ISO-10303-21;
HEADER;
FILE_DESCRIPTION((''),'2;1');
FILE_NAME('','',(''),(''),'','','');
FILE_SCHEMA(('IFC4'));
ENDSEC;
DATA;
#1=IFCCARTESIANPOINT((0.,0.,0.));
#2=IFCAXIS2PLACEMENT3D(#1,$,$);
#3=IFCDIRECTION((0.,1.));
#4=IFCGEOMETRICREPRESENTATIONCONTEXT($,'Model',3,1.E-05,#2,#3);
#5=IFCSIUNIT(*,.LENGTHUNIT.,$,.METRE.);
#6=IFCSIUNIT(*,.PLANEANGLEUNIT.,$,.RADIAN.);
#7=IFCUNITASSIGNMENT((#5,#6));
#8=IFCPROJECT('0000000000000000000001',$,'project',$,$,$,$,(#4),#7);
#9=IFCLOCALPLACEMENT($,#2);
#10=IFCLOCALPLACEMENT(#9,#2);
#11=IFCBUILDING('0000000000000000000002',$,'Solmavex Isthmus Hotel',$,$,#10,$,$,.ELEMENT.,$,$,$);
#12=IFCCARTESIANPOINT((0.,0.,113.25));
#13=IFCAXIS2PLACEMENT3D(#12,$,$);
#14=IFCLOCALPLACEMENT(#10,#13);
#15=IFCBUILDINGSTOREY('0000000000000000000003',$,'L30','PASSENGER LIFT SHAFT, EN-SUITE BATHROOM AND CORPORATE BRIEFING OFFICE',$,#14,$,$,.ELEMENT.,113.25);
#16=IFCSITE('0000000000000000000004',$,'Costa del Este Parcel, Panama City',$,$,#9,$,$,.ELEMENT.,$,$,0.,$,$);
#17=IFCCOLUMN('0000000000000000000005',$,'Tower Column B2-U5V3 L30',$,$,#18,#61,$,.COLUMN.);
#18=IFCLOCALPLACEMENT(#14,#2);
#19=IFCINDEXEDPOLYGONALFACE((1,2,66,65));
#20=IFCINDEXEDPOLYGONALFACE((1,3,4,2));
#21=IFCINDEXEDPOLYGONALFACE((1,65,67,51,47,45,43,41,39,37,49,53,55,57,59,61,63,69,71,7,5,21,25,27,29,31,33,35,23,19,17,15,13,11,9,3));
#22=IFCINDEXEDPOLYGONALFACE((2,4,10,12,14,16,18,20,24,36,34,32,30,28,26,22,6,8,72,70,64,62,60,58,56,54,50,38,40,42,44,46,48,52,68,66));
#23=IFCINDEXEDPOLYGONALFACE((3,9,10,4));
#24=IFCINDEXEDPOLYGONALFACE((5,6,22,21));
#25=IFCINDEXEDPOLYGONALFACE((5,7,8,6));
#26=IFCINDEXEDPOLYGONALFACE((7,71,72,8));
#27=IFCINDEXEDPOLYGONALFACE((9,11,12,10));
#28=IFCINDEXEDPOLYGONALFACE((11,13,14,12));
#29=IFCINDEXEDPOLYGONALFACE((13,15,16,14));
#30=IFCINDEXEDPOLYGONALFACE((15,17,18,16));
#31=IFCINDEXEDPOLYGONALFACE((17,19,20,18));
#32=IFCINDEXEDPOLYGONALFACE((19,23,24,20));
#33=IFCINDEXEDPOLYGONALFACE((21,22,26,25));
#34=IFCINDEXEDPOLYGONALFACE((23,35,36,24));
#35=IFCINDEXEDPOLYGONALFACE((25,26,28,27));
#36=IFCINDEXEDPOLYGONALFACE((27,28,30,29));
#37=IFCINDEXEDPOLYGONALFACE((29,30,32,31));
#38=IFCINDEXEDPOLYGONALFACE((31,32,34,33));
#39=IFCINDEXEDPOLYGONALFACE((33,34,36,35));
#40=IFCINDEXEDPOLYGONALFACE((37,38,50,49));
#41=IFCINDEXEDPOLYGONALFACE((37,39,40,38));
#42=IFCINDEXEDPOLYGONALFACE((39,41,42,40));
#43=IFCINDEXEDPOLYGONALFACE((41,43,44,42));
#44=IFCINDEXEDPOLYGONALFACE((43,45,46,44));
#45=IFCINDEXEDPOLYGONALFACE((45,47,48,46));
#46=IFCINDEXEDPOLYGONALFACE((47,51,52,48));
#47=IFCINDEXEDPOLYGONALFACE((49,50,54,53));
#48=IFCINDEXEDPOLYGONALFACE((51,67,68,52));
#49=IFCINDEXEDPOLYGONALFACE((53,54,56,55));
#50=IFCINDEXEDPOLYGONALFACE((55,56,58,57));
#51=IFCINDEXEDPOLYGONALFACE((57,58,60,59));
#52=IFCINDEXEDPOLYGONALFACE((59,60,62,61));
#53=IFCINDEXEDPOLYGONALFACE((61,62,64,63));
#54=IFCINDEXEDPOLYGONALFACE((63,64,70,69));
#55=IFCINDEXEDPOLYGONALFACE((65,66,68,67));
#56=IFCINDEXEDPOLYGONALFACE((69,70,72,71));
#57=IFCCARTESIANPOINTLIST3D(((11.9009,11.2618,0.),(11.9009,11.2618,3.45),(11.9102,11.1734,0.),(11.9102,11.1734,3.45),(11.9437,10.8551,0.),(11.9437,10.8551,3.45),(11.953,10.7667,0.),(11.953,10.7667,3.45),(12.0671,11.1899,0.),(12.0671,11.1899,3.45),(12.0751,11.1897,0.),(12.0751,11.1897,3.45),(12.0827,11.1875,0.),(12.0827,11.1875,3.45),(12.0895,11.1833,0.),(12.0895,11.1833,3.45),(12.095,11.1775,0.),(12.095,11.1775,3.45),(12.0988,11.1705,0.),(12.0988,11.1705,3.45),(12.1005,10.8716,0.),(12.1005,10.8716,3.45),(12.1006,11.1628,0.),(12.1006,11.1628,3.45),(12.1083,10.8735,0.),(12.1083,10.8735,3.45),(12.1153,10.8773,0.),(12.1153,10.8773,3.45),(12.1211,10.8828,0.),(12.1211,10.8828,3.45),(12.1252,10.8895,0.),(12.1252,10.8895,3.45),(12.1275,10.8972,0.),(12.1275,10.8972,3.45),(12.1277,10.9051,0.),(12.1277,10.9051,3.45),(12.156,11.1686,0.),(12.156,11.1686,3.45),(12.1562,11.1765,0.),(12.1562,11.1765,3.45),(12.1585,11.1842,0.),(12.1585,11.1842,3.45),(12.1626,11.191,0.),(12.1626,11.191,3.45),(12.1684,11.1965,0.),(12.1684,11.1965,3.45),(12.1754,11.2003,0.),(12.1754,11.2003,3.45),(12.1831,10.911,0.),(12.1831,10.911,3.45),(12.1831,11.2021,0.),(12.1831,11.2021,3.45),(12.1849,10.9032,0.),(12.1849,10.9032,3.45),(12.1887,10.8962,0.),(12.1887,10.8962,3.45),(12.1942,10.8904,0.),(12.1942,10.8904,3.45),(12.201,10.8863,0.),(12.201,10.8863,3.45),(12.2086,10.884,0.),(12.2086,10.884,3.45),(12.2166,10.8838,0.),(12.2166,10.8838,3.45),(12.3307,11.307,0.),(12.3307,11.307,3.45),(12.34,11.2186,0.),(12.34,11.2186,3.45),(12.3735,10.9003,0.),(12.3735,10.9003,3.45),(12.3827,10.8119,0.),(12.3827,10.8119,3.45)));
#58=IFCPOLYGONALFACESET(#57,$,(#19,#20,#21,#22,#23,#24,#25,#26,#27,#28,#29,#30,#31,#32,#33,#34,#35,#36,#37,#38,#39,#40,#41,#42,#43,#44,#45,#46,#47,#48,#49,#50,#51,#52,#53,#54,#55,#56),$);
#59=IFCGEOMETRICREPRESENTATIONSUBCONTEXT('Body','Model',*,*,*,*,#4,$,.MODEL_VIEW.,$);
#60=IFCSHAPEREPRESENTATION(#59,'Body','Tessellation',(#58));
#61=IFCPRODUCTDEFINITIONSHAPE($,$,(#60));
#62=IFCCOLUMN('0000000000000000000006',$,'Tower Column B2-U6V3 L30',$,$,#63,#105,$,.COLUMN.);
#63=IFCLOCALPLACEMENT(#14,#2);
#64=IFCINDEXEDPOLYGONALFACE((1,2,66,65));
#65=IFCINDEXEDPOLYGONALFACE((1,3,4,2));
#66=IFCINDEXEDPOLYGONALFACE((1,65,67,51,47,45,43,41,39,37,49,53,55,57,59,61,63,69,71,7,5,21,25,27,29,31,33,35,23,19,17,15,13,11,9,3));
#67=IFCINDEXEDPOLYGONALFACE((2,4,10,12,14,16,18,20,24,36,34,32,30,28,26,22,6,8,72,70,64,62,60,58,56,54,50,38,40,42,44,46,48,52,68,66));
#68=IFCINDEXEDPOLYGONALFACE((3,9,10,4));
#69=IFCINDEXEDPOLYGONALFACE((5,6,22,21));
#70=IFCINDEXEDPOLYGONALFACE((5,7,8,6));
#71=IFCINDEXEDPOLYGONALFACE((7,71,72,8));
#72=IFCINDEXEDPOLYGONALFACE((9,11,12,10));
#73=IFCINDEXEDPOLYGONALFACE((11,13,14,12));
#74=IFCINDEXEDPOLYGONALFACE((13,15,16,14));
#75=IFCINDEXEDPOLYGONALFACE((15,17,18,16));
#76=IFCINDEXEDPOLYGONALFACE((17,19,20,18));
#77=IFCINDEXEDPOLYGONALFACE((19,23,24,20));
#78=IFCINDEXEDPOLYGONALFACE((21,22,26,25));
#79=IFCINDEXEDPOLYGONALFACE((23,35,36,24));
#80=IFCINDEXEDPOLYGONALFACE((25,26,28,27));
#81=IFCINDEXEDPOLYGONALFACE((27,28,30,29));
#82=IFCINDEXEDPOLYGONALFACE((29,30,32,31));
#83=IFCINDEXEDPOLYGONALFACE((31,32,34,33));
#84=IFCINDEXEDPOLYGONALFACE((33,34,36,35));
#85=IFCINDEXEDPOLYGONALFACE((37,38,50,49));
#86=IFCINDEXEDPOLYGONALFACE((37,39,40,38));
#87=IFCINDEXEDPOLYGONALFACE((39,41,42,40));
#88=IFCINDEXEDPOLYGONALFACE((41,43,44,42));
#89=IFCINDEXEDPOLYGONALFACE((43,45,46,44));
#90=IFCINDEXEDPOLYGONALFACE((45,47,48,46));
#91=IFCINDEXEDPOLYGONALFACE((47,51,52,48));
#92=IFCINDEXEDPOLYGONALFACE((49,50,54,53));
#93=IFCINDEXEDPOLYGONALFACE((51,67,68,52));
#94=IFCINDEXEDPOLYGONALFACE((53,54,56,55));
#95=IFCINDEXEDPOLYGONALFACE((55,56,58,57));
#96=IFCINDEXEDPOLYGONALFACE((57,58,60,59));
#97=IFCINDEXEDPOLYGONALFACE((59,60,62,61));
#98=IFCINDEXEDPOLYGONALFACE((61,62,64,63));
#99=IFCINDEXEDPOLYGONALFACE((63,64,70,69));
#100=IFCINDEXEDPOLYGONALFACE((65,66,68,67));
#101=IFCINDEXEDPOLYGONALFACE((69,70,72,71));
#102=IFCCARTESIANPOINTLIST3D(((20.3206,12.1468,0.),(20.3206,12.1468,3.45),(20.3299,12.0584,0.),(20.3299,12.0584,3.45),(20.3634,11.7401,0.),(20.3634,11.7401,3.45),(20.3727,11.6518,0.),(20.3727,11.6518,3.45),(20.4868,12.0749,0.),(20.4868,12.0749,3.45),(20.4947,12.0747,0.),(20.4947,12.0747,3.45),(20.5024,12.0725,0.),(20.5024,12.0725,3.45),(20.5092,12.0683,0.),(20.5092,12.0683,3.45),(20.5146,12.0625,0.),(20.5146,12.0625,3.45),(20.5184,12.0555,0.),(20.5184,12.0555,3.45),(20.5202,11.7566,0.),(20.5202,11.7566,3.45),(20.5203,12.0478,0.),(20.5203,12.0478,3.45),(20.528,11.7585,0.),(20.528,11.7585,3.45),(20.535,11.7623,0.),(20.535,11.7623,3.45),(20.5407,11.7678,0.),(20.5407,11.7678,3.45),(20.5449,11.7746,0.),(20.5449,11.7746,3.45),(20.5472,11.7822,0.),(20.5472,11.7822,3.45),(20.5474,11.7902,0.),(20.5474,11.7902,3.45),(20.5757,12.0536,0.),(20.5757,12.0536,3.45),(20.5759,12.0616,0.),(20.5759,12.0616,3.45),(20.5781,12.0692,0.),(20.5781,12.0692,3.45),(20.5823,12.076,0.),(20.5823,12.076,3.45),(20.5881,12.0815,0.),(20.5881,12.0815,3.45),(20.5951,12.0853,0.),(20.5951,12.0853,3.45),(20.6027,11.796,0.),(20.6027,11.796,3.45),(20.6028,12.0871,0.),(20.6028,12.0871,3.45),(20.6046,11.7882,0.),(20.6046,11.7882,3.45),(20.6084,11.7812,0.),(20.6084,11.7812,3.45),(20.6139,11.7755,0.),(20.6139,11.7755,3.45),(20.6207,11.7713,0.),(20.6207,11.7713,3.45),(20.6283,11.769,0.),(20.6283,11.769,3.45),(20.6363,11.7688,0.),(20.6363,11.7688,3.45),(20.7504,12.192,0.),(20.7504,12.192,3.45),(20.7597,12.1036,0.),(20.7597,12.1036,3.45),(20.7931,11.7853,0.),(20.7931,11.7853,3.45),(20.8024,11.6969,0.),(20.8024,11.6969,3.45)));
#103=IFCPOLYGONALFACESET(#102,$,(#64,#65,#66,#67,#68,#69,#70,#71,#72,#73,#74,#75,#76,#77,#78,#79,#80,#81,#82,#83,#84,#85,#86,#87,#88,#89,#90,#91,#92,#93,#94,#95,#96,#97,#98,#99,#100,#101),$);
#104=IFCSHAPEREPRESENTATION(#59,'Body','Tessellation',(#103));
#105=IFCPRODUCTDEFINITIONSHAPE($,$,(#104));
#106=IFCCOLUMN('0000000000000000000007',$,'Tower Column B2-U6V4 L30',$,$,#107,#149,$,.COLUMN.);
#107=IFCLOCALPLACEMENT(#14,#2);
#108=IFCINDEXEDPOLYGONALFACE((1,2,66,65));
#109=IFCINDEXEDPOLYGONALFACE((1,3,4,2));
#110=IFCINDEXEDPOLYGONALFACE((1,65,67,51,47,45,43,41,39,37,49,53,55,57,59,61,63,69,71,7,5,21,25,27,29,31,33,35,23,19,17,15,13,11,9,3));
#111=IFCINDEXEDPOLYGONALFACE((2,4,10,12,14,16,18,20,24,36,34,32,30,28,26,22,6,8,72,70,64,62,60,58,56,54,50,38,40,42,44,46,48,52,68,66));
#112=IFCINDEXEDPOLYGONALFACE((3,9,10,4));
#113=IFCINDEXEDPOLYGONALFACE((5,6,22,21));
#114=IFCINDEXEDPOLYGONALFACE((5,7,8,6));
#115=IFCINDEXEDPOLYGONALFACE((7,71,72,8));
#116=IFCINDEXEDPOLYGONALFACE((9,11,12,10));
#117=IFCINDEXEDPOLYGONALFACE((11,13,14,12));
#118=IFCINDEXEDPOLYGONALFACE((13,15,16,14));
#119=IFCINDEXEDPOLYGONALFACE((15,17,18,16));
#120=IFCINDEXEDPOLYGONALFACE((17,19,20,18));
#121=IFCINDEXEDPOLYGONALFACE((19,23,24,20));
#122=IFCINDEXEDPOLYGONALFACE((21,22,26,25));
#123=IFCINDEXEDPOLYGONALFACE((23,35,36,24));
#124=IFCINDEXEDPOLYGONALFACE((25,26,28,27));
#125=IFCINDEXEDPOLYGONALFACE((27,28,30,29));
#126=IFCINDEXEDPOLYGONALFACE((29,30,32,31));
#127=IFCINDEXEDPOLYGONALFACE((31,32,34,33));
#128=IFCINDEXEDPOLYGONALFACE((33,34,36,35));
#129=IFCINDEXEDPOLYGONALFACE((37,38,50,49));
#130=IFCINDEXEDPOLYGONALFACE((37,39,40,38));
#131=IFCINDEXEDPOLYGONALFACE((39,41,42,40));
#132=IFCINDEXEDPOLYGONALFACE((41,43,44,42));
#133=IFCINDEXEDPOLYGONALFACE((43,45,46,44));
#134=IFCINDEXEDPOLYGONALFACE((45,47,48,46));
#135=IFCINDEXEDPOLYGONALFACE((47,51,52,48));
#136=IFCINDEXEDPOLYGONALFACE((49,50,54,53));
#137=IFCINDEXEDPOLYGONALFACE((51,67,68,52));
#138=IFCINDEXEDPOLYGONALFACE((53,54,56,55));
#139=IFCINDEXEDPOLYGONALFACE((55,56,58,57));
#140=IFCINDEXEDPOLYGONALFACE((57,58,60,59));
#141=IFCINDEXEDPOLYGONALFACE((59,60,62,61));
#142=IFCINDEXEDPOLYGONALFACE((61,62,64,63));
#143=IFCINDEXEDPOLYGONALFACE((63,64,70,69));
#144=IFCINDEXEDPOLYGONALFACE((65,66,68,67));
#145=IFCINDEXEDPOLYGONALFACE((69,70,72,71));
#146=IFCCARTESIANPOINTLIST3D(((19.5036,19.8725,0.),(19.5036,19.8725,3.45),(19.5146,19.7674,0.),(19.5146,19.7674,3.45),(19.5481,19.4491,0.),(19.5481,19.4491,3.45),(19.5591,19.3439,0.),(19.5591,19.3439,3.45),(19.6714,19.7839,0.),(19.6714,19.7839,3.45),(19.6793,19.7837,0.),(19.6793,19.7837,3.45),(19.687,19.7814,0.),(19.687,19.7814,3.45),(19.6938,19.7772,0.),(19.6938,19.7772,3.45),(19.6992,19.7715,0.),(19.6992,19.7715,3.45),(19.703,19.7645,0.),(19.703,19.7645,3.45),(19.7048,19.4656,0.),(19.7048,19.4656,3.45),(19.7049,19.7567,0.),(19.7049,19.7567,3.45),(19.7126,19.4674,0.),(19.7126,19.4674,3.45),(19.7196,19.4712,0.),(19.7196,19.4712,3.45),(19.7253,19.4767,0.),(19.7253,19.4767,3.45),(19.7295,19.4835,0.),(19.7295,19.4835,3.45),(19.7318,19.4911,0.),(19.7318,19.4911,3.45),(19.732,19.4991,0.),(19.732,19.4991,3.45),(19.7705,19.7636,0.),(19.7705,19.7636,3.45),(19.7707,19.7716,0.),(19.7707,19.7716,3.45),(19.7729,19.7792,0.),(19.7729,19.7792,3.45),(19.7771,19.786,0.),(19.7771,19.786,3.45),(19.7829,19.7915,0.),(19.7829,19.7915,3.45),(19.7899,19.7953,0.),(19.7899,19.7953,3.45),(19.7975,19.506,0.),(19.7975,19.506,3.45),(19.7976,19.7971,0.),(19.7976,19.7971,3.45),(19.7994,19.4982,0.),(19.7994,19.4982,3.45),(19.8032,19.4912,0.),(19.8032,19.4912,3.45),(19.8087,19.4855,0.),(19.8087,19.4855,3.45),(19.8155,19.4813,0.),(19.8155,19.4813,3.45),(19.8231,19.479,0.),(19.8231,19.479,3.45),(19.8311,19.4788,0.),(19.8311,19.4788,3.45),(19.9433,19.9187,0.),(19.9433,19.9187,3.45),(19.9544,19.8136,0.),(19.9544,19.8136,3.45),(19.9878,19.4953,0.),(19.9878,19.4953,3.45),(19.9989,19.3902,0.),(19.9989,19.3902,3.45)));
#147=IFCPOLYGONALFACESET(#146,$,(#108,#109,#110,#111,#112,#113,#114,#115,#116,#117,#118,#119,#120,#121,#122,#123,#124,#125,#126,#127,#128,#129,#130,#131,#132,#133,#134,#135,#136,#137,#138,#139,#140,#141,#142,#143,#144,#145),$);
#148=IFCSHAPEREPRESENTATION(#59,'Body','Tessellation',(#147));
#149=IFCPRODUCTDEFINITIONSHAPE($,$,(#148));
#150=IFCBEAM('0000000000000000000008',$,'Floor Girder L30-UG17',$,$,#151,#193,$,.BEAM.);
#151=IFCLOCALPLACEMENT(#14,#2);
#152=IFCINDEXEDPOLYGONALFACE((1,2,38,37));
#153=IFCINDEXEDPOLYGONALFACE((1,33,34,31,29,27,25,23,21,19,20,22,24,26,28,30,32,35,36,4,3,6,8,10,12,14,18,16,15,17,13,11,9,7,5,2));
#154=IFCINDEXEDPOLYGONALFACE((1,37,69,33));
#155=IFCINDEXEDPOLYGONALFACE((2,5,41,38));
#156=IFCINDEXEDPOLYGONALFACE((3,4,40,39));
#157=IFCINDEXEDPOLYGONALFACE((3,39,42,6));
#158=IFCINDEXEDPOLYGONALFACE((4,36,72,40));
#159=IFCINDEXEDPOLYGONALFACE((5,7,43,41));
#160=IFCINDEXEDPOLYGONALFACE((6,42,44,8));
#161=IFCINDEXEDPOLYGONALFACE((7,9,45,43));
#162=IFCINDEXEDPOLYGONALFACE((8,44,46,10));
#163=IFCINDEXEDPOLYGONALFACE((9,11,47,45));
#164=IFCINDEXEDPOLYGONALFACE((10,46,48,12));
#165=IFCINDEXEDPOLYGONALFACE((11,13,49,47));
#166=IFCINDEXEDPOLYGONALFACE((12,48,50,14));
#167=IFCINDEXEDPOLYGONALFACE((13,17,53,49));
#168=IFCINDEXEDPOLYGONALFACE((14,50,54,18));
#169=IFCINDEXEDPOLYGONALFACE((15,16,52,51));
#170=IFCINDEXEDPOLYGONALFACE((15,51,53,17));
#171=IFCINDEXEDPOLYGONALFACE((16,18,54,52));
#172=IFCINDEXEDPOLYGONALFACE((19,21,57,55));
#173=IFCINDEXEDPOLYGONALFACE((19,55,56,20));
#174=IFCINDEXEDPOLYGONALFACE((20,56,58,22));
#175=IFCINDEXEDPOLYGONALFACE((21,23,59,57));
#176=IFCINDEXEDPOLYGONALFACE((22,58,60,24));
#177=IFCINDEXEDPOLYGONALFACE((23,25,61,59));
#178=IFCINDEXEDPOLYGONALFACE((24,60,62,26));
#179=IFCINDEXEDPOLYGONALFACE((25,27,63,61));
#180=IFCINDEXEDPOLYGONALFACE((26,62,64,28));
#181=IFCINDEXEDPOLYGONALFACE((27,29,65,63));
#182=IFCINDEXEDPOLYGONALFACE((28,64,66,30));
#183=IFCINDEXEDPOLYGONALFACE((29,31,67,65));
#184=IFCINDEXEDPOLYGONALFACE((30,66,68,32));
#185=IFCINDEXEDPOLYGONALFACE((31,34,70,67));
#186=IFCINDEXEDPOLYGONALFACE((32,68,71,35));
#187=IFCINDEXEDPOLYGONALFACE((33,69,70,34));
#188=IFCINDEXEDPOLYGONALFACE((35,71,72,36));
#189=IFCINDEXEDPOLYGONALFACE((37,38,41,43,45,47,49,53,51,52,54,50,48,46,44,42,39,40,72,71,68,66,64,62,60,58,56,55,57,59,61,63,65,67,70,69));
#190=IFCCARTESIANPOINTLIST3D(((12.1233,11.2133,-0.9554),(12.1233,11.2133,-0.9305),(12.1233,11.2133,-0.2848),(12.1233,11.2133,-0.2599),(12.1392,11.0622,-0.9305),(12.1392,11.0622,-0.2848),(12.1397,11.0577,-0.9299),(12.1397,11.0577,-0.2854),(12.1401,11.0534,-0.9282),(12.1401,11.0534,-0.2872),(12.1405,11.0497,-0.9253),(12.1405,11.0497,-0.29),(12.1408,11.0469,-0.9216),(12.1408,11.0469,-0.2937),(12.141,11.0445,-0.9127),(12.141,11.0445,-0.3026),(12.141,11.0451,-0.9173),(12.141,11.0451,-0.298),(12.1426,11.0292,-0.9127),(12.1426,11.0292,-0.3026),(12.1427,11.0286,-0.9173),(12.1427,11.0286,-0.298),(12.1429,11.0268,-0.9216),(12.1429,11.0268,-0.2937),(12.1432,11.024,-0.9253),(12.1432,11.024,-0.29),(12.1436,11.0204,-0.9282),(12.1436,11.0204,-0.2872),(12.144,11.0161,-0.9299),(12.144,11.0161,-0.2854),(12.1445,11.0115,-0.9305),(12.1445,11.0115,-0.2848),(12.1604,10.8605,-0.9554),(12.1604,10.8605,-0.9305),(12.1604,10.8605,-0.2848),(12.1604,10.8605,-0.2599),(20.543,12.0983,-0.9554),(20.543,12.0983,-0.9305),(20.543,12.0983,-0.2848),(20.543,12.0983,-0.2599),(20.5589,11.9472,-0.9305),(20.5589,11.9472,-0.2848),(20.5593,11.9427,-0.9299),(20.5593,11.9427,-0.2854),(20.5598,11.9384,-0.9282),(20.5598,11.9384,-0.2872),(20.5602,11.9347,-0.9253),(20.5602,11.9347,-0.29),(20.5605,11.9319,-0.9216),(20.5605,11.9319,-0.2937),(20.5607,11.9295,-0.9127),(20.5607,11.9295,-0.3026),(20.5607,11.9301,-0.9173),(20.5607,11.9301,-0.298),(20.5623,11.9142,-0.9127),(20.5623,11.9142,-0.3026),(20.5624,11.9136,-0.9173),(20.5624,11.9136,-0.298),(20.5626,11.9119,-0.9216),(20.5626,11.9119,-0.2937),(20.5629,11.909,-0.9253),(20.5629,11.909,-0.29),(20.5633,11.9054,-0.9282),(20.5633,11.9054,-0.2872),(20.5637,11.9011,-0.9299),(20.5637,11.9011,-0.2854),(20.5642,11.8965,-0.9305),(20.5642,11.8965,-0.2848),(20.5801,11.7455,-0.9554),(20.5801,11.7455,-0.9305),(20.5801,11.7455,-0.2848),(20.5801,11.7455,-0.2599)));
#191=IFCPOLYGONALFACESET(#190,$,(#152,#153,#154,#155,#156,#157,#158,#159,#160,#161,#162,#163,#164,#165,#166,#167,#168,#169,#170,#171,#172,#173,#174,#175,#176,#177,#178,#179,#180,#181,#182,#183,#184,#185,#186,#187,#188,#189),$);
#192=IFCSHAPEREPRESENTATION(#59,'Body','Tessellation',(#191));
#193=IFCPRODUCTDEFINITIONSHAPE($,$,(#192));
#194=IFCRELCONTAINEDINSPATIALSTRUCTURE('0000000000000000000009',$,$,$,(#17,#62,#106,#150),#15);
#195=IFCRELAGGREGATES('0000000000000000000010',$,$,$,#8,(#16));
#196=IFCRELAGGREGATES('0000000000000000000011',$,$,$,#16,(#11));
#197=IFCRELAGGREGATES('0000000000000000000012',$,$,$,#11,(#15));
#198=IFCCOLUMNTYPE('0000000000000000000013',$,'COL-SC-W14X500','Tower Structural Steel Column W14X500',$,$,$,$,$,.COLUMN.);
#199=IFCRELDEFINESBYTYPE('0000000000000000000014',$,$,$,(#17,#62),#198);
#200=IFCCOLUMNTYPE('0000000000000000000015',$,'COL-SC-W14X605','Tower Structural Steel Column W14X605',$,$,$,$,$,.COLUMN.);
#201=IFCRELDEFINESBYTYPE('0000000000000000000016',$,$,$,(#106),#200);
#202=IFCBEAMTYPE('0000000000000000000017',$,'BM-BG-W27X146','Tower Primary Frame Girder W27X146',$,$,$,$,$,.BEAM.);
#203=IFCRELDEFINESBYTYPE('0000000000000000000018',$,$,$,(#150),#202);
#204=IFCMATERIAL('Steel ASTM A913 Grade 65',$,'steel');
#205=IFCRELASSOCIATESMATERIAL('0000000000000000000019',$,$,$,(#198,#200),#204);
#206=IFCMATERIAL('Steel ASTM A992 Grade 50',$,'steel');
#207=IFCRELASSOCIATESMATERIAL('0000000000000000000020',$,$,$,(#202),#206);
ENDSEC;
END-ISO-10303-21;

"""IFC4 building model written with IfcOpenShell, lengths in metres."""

from ifc_helpers import new_model, si_unit, direction, frame, origin, origin_2d, place, context, subcontext, project, spatial, i_section, extrude, material, material_profile, profile_set, type_object, element, save


model = new_model("IFC4")

# Units and contexts
model_context = context("Model", 3, precision=1e-05, world=origin(), true_north=direction((0.0, 1.0)))
body_context = subcontext(model_context, "Body", "Model", "MODEL_VIEW")
ifc_project = project(units=[si_unit("LENGTHUNIT", "METRE"), si_unit("PLANEANGLEUNIT", "RADIAN")], contexts=[model_context])

# Site, building, storey
site_placement = place(None, origin())
site = spatial("IfcSite", under=ifc_project, at=site_placement, Name="Costa del Este Parcel, Panama City", CompositionType="ELEMENT", RefElevation=0.0)
building_placement = place(site_placement, origin())
building = spatial("IfcBuilding", under=site, at=building_placement, Name="Solmavex Isthmus Hotel", CompositionType="ELEMENT")
storey_placement = place(building_placement, frame((0.0, 0.0, 113.25)))
storey = spatial("IfcBuildingStorey", under=building, at=storey_placement, Name="L30", Description="PASSENGER LIFT SHAFT, EN-SUITE BATHROOM AND CORPORATE BRIEFING OFFICE", CompositionType="ELEMENT", Elevation=113.25)

# Columns
ifc_material_1 = material(Name="Steel ASTM A913 Grade 65", Category="steel")
ifc_material_profile_1 = material_profile(ifc_material_1, i_section(OverallWidth=0.4321, OverallDepth=0.4978, WebThickness=0.0557, FlangeThickness=0.0889, FilletRadius=0.0305, at=origin_2d()), Name="W14X500")
ifc_profile_set_1 = profile_set([ifc_material_profile_1], Name="Steel ASTM A913 Grade 65")
column_type_1 = type_object("IfcColumnType", Name="COL-SC-W14X500", Description="Tower Structural Steel Column W14X500", PredefinedType="COLUMN", material=ifc_profile_set_1)
for number, where, z_axis, x_axis, name in (
    (1, (12.1418, 11.0369, 0.0), (0.0, 0.0, 1.0), (0.994522, 0.104528, 0.0), "Tower Column B2-U5V3 L30"),
    (2, (20.5615, 11.9219, 0.0), (0.0, 0.0, 1.0), (0.994522, 0.104528, 0.0), "Tower Column B2-U6V3 L30"),
):
    element("IfcColumn", number, at=place(storey_placement, frame(where, z_axis=z_axis, x_axis=x_axis)), inside=storey, type_object=column_type_1, Name=name, PredefinedType="COLUMN", context=body_context, shape_type="SweptSolid", body=[
        extrude(i_section(OverallWidth=0.4321, OverallDepth=0.4978, WebThickness=0.0557, FlangeThickness=0.0889, FilletRadius=0.0305, at=origin_2d()), origin(), (0.0, 0.0, 1.0), 3.45),
    ])
ifc_material_profile_2 = material_profile(ifc_material_1, i_section(OverallWidth=0.4421, OverallDepth=0.5315, WebThickness=0.0659, FlangeThickness=0.1057, FilletRadius=0.0305, at=origin_2d()), Name="W14X605")
ifc_profile_set_2 = profile_set([ifc_material_profile_2], Name="Steel ASTM A913 Grade 65")
column_type_2 = type_object("IfcColumnType", Name="COL-SC-W14X605", Description="Tower Structural Steel Column W14X605", PredefinedType="COLUMN", material=ifc_profile_set_2)
column_placement = place(storey_placement, frame((19.7512, 19.6313, 0.0), z_axis=(0.0, 0.0, 1.0), x_axis=(0.994522, 0.104528, 0.0)))
element("IfcColumn", 3, at=column_placement, inside=storey, type_object=column_type_2, Name="Tower Column B2-U6V4 L30", PredefinedType="COLUMN", context=body_context, shape_type="SweptSolid", body=[
    extrude(i_section(OverallWidth=0.4421, OverallDepth=0.5315, WebThickness=0.0659, FlangeThickness=0.1057, FilletRadius=0.0305, at=origin_2d()), origin(), (0.0, 0.0, 1.0), 3.45),
])

# Beam
ifc_material_2 = material(Name="Steel ASTM A992 Grade 50", Category="steel")
ifc_material_profile_3 = material_profile(ifc_material_2, i_section(OverallWidth=0.3547, OverallDepth=0.6956, WebThickness=0.0154, FlangeThickness=0.0249, FilletRadius=0.0178, at=origin_2d()), Name="W27X146")
ifc_profile_set_3 = profile_set([ifc_material_profile_3], Name="Steel ASTM A992 Grade 50")
beam_type_1 = type_object("IfcBeamType", Name="BM-BG-W27X146", Description="Tower Primary Frame Girder W27X146", PredefinedType="BEAM", material=ifc_profile_set_3)
beam_1_placement = place(storey_placement, frame((12.1418, 11.0369, -0.6077), z_axis=(0.994521, 0.104536, 0.0), x_axis=(-0.104536, 0.994521, 0.0)))
element("IfcBeam", 4, at=beam_1_placement, inside=storey, type_object=beam_type_1, Name="Floor Girder L30-UG17", PredefinedType="BEAM", context=body_context, shape_type="SweptSolid", body=[
    extrude(i_section(OverallWidth=0.3547, OverallDepth=0.6956, WebThickness=0.0154, FlangeThickness=0.0249, FilletRadius=0.0178, at=origin_2d()), origin(), (0.0, 0.0, 1.0), 8.4661),
])

save(model, "model.ifc")
